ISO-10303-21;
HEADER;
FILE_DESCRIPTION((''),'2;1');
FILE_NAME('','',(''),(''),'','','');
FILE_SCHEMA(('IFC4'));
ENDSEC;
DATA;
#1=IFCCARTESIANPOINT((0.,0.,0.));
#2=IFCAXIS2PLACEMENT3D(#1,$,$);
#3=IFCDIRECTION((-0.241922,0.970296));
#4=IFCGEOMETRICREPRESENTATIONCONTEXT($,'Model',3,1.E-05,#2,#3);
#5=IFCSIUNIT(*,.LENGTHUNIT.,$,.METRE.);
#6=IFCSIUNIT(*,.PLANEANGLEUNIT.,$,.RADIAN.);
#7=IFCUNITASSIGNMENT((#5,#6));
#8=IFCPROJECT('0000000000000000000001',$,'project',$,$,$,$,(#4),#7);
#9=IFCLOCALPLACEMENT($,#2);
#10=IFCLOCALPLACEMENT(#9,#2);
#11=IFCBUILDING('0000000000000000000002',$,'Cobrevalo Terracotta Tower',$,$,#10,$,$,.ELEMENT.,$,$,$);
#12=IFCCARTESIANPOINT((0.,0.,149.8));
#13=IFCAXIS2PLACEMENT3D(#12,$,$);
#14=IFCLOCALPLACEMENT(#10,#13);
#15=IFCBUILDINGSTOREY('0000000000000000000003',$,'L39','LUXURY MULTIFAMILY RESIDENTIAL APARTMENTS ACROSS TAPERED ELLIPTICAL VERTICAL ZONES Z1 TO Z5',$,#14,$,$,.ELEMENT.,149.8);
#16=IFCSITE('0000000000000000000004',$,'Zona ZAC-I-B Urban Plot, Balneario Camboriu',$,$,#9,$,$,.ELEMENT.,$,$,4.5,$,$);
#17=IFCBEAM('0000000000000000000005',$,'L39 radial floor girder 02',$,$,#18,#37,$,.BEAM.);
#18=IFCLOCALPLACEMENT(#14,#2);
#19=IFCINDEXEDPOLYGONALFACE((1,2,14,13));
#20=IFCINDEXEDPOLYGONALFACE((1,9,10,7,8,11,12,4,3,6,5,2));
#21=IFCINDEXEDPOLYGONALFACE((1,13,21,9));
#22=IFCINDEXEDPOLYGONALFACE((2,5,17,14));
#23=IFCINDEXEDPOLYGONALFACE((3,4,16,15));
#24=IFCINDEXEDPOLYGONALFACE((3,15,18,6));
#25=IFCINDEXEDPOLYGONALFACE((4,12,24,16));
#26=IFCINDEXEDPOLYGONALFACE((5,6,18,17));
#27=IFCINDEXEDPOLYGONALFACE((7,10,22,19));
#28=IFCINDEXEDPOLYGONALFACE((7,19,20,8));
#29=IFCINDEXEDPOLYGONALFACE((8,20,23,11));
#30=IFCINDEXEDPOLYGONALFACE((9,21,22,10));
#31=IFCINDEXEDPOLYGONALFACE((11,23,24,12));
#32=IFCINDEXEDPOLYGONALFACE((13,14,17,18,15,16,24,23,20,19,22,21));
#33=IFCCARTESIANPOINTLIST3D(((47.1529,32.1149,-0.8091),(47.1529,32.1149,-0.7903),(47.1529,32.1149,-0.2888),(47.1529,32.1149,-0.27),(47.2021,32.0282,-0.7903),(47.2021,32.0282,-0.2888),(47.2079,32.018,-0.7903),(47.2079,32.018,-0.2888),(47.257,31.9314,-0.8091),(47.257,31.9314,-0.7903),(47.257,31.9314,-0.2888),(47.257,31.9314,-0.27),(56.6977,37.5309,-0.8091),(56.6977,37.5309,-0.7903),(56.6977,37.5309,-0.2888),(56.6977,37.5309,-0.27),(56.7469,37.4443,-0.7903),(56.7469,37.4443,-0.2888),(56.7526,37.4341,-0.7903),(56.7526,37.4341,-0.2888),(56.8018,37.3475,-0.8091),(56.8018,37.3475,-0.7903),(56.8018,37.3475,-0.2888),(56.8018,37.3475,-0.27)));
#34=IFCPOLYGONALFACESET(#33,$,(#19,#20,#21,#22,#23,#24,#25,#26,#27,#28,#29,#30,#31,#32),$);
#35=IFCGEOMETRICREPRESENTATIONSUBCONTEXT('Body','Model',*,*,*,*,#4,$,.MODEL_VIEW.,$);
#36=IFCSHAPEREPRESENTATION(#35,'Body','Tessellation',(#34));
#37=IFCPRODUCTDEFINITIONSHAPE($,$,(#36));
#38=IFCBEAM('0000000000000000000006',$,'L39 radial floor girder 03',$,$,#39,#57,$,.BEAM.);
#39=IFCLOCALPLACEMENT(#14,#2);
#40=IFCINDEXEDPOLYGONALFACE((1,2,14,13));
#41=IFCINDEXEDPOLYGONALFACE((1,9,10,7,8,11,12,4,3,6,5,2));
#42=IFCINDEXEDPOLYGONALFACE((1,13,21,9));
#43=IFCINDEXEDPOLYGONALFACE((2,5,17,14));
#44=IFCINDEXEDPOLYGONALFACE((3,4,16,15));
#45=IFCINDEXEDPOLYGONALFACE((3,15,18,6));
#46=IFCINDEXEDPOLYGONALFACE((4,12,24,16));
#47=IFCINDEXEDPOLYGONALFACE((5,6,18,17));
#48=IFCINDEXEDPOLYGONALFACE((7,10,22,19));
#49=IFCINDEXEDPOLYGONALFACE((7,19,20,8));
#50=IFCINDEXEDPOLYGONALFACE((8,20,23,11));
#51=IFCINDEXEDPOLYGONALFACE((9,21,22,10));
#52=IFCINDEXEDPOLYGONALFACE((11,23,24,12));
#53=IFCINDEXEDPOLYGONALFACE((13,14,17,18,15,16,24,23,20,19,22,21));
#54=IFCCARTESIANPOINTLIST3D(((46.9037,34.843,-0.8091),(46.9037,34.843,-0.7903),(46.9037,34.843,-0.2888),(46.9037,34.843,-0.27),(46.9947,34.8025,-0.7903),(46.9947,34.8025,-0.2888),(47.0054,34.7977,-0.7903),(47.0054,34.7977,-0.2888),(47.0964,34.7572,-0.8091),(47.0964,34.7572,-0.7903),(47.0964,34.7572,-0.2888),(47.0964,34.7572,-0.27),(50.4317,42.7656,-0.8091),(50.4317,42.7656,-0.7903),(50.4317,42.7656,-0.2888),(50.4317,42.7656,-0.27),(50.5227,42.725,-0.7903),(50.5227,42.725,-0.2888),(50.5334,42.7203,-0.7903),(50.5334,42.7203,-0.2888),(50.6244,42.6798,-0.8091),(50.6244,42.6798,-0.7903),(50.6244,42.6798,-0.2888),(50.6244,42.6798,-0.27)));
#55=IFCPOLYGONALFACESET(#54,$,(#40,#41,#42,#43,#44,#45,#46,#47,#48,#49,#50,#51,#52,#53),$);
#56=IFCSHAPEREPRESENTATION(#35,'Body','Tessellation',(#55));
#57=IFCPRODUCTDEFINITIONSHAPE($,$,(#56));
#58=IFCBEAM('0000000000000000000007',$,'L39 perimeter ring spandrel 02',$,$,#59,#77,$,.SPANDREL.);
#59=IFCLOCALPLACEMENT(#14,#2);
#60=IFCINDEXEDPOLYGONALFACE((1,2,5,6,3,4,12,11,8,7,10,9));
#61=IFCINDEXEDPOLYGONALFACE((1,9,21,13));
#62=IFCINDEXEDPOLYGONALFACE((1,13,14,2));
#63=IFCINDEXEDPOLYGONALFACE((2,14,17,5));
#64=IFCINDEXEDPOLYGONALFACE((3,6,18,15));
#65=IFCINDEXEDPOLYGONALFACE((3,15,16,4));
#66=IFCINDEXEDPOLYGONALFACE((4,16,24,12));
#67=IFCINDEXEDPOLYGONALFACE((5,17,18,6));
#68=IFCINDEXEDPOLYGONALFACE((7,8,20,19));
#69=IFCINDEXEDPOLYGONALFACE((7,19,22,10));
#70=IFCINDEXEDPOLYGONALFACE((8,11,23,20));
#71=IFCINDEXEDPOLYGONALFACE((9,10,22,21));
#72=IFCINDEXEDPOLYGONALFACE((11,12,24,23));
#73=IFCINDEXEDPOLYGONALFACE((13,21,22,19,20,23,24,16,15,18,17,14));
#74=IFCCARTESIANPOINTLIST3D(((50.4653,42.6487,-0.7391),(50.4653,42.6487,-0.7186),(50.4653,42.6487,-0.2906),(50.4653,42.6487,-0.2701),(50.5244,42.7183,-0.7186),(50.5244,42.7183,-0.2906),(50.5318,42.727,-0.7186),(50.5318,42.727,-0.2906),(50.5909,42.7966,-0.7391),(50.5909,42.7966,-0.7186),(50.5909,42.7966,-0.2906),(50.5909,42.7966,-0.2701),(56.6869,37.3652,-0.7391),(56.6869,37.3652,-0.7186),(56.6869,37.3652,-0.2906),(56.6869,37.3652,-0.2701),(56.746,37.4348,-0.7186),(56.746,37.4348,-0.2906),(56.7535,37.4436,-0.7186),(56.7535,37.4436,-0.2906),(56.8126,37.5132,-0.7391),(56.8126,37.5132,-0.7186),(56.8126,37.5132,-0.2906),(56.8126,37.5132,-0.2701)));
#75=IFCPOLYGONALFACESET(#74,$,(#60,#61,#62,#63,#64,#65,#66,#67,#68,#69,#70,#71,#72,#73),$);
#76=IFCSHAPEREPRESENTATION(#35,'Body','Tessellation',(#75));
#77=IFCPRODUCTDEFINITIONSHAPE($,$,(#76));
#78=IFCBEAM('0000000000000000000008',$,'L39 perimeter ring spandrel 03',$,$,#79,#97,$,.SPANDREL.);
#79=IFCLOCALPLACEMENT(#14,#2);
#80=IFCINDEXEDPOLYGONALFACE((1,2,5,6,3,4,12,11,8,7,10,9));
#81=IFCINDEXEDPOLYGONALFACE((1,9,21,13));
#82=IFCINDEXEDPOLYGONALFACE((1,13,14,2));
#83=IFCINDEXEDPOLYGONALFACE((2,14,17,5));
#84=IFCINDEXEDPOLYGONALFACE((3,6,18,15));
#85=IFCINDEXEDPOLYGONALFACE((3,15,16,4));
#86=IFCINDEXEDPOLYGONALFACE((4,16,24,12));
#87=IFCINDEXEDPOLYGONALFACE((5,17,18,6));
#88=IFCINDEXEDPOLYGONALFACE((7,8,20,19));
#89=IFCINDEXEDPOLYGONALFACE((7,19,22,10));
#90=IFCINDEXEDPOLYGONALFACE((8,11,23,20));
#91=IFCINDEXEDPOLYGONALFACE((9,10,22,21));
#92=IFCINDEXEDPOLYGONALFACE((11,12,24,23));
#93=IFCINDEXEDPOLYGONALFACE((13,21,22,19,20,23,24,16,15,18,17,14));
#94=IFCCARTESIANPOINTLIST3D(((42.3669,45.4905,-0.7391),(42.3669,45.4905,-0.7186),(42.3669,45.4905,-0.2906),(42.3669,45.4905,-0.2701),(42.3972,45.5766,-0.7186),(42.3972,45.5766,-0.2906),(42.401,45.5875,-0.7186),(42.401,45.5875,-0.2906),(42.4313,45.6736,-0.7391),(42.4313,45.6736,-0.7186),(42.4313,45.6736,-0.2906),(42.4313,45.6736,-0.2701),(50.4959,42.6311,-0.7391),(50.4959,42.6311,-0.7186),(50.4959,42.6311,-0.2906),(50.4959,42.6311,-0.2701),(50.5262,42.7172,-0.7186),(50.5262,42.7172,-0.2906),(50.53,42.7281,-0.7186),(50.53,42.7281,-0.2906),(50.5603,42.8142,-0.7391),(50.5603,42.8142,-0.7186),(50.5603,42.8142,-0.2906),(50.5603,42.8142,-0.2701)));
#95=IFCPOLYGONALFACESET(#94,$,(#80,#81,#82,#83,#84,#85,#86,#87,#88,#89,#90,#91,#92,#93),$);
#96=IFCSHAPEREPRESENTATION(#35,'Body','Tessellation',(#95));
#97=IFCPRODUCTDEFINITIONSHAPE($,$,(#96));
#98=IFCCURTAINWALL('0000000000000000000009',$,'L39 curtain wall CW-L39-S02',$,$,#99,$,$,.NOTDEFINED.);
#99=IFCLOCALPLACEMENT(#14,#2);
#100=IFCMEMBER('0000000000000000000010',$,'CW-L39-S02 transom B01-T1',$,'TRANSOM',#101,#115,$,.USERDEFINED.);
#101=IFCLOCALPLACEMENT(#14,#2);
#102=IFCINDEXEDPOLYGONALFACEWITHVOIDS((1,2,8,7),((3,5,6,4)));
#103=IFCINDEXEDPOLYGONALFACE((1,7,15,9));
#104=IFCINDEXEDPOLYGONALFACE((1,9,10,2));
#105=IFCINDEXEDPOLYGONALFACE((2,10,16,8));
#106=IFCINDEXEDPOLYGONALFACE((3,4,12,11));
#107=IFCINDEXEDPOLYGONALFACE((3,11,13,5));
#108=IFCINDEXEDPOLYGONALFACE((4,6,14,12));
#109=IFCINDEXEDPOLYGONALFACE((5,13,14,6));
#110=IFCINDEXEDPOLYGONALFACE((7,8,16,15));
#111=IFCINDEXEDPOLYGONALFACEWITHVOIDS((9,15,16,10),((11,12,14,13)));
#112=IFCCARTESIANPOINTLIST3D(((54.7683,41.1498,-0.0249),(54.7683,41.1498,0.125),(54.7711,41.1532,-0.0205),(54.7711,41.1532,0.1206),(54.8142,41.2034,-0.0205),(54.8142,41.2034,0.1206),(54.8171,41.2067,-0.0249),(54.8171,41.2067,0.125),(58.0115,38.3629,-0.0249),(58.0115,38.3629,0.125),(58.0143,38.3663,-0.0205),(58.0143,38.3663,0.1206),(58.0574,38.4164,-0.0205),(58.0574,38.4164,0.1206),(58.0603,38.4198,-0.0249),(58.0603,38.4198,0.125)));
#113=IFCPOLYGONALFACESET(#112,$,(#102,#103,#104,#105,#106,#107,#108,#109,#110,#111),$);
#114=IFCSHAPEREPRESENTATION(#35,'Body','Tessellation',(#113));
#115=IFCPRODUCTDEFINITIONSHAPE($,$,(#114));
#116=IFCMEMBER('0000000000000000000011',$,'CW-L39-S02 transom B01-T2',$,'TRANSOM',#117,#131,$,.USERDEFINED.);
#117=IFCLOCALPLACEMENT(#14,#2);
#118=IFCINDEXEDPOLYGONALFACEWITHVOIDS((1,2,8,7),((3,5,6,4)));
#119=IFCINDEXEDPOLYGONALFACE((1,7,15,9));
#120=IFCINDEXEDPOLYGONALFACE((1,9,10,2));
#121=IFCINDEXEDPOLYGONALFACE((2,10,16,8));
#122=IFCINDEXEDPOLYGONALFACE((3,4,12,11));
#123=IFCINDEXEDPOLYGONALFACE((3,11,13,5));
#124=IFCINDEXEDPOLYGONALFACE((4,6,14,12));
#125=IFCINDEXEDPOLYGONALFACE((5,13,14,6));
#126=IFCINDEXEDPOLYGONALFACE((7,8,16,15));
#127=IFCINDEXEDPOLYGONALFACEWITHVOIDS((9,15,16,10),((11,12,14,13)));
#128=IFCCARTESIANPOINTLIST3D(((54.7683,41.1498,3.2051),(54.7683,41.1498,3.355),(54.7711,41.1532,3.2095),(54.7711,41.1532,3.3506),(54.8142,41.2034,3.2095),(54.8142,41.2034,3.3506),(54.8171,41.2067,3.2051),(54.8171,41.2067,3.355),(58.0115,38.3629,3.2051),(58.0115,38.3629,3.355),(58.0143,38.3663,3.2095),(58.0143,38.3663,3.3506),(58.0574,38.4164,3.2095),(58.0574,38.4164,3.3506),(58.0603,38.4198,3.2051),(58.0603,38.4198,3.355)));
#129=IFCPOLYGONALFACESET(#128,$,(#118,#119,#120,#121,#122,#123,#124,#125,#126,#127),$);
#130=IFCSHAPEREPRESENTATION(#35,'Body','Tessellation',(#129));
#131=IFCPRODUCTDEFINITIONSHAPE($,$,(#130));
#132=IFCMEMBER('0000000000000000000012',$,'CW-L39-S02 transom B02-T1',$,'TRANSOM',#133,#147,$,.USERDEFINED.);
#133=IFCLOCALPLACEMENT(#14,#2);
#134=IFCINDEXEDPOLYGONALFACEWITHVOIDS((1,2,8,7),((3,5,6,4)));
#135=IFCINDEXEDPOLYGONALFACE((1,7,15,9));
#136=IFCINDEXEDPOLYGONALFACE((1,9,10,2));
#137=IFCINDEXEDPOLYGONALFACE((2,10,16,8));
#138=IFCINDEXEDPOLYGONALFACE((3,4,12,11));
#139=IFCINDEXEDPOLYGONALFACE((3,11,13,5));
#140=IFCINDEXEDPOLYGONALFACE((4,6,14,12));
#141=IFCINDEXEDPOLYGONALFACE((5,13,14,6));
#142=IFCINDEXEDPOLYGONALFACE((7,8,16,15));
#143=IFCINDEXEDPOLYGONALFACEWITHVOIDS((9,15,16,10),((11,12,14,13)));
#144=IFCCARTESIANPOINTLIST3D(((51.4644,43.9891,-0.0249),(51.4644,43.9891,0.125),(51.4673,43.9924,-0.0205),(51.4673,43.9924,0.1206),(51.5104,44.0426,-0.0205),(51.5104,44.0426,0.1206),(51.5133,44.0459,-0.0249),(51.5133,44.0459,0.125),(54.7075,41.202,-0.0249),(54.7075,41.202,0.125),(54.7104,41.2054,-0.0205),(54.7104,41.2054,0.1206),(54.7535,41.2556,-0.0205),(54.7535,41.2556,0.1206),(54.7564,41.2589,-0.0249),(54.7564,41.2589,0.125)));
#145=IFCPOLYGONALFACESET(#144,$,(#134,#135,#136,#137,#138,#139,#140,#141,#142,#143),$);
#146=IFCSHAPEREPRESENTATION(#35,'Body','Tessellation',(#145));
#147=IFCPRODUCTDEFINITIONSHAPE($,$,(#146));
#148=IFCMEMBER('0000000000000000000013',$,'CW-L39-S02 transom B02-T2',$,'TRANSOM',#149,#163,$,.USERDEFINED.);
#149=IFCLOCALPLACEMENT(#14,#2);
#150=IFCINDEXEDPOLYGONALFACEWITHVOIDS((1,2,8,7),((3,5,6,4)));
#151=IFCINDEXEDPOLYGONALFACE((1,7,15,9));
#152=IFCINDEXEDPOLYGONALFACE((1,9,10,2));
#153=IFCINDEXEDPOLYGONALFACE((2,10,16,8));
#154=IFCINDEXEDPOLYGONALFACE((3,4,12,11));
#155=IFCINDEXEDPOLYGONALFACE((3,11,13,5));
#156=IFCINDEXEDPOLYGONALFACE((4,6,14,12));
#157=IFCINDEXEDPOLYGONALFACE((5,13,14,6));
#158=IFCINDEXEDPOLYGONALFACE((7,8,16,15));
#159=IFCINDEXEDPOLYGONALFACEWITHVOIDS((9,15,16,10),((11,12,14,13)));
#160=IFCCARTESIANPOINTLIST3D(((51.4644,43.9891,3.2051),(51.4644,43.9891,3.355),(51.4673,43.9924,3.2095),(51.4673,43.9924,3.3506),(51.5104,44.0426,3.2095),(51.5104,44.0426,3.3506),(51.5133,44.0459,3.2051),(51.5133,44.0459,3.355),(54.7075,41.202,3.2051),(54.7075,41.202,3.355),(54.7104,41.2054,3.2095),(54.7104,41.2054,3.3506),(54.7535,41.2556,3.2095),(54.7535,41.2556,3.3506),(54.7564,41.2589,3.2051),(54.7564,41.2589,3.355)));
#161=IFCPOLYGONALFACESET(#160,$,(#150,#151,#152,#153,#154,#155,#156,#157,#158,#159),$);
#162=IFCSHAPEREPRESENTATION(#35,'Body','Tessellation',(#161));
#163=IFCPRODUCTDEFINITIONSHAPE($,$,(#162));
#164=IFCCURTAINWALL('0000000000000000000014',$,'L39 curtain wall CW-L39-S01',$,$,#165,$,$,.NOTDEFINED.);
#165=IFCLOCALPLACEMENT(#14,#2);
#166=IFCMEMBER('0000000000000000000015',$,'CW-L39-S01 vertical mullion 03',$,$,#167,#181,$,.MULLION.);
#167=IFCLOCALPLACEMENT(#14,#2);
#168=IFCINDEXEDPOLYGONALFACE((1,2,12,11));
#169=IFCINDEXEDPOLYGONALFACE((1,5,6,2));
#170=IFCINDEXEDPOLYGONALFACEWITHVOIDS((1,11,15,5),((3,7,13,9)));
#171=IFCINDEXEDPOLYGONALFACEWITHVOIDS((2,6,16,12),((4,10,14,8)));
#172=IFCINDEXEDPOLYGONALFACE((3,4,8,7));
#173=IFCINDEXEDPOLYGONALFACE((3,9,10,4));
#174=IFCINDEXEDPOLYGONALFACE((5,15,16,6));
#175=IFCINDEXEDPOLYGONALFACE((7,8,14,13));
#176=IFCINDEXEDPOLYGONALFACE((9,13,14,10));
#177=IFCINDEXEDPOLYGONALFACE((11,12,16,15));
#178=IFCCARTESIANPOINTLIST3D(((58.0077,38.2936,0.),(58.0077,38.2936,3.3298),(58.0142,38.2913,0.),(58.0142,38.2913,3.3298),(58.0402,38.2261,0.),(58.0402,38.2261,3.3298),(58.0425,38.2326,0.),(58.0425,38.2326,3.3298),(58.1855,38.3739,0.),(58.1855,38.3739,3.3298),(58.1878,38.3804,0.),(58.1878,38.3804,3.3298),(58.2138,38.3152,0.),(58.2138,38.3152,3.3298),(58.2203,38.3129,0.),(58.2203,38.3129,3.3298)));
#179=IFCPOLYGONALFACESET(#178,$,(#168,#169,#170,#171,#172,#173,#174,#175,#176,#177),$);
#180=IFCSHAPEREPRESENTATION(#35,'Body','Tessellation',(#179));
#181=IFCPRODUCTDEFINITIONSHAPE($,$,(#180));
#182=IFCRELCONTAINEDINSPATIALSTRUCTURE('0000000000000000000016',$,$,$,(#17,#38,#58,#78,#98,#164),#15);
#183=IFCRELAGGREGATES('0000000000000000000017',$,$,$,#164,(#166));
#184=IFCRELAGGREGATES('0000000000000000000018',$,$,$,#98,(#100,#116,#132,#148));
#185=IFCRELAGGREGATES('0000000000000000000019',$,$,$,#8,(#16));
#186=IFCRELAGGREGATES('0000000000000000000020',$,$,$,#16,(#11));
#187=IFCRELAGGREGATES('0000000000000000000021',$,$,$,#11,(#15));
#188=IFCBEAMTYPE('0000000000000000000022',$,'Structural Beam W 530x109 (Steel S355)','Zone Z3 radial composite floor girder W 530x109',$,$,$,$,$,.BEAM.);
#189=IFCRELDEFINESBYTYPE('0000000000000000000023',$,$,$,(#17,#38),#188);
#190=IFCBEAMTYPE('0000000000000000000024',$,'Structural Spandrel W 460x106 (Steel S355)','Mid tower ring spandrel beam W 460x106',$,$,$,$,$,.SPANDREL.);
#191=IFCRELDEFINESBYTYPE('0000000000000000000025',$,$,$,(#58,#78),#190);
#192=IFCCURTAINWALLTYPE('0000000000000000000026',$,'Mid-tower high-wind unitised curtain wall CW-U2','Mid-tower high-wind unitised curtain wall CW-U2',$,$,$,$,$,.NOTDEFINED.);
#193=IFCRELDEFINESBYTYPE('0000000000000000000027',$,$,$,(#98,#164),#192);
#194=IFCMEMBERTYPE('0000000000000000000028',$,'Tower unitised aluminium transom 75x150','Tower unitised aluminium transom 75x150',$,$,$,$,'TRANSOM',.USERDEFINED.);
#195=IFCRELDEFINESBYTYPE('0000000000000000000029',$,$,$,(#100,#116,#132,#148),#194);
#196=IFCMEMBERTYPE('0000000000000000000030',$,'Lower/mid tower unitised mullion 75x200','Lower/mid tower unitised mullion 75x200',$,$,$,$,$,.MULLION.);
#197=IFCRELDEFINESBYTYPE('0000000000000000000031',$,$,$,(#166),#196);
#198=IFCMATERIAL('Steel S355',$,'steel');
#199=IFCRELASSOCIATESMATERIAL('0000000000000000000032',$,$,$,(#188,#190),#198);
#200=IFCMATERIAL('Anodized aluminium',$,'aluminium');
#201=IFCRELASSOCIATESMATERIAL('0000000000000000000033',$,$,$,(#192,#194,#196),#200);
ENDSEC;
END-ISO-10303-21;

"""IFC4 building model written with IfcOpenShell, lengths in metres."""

from ifc_helpers import new_model, si_unit, direction, frame, origin, origin_2d, place, context, subcontext, project, spatial, hollow_rectangle, i_section, extrude, source, transform, mapped, material, material_profile, profile_set, type_object, element, aggregate, save


model = new_model("IFC4")

# Units and contexts
model_context = context("Model", 3, precision=1e-05, world=origin(), true_north=direction((-0.241922, 0.970296)))
body_context = subcontext(model_context, "Body", "Model", "MODEL_VIEW")
ifc_project = project(units=[si_unit("LENGTHUNIT", "METRE"), si_unit("PLANEANGLEUNIT", "RADIAN")], contexts=[model_context])

# Site, building, storey
site_placement = place(None, origin())
site = spatial("IfcSite", under=ifc_project, at=site_placement, Name="Zona ZAC-I-B Urban Plot, Balneario Camboriu", CompositionType="ELEMENT", RefElevation=4.5)
building_placement = place(site_placement, origin())
building = spatial("IfcBuilding", under=site, at=building_placement, Name="Cobrevalo Terracotta Tower", CompositionType="ELEMENT")
storey_placement = place(building_placement, frame((0.0, 0.0, 149.8)))
storey = spatial("IfcBuildingStorey", under=building, at=storey_placement, Name="L39", Description="LUXURY MULTIFAMILY RESIDENTIAL APARTMENTS ACROSS TAPERED ELLIPTICAL VERTICAL ZONES Z1 TO Z5", CompositionType="ELEMENT", Elevation=149.8)

# Shared definitions
ifc_material_1 = material(Name="Steel S355", Category="steel")

# Beams
ifc_material_profile_1 = material_profile(ifc_material_1, i_section(OverallWidth=0.2109, OverallDepth=0.5391, WebThickness=0.0117, FlangeThickness=0.0188, at=origin_2d()), Name="W 530x109")
ifc_profile_set_1 = profile_set([ifc_material_profile_1], Name="Steel S355")
beam_type_1 = type_object("IfcBeamType", Name="Structural Beam W 530x109 (Steel S355)", Description="Zone Z3 radial composite floor girder W 530x109", PredefinedType="BEAM", material=ifc_profile_set_1)
beam_1_placement = place(storey_placement, frame((56.7498, 37.4392, -0.5396), z_axis=(-0.869734, -0.49352, 0.0), x_axis=(0.49352, -0.869734, 0.0)))
element("IfcBeam", 1, at=beam_1_placement, inside=storey, type_object=beam_type_1, Name="L39 radial floor girder 02", PredefinedType="BEAM", context=body_context, shape_type="SweptSolid", body=[
    extrude(i_section(OverallWidth=0.2109, OverallDepth=0.5391, WebThickness=0.0117, FlangeThickness=0.0188, at=origin_2d()), origin(), (0.0, 0.0, 1.0), 10.9744),
])
beam_2_placement = place(storey_placement, frame((50.5281, 42.7227, -0.5396), z_axis=(-0.406804, -0.913515, 0.0), x_axis=(0.913515, -0.406804, 0.0)))
element("IfcBeam", 2, at=beam_2_placement, inside=storey, type_object=beam_type_1, Name="L39 radial floor girder 03", PredefinedType="BEAM", context=body_context, shape_type="SweptSolid", body=[
    extrude(i_section(OverallWidth=0.2109, OverallDepth=0.5391, WebThickness=0.0117, FlangeThickness=0.0188, at=origin_2d()), origin(), (0.0, 0.0, 1.0), 8.6726),
])
ifc_material_profile_2 = material_profile(ifc_material_1, i_section(OverallWidth=0.1941, OverallDepth=0.469, WebThickness=0.0115, FlangeThickness=0.0205, at=origin_2d()), Name="W 460x106")
ifc_profile_set_2 = profile_set([ifc_material_profile_2], Name="Steel S355")
beam_type_2 = type_object("IfcBeamType", Name="Structural Spandrel W 460x106 (Steel S355)", Description="Mid tower ring spandrel beam W 460x106", PredefinedType="SPANDREL", material=ifc_profile_set_2)
beam_3_placement = place(storey_placement, frame((56.7498, 37.4392, -0.5046), z_axis=(-0.76224, 0.647294, 0.0), x_axis=(-0.647294, -0.76224, 0.0)))
element("IfcBeam", 3, at=beam_3_placement, inside=storey, type_object=beam_type_2, Name="L39 perimeter ring spandrel 02", PredefinedType="SPANDREL", context=body_context, shape_type="SweptSolid", body=[
    extrude(i_section(OverallWidth=0.1941, OverallDepth=0.469, WebThickness=0.0115, FlangeThickness=0.0205, at=origin_2d()), origin(), (0.0, 0.0, 1.0), 8.1624),
])
beam_4_placement = place(storey_placement, frame((50.5281, 42.7227, -0.5046), z_axis=(-0.943341, 0.331824, 0.0), x_axis=(-0.331824, -0.943341, 0.0)))
element("IfcBeam", 4, at=beam_4_placement, inside=storey, type_object=beam_type_2, Name="L39 perimeter ring spandrel 03", PredefinedType="SPANDREL", context=body_context, shape_type="SweptSolid", body=[
    extrude(i_section(OverallWidth=0.1941, OverallDepth=0.469, WebThickness=0.0115, FlangeThickness=0.0205, at=origin_2d()), origin(), (0.0, 0.0, 1.0), 8.6172),
])

# Curtain wall, members
ifc_material_2 = material(Name="Anodized aluminium", Category="aluminium")
curtain_wall_type = type_object("IfcCurtainWallType", Name="Mid-tower high-wind unitised curtain wall CW-U2", Description="Mid-tower high-wind unitised curtain wall CW-U2", PredefinedType="NOTDEFINED", material=ifc_material_2)
curtain_wall_1_placement = place(storey_placement, origin())
curtain_wall_1 = element("IfcCurtainWall", 5, at=curtain_wall_1_placement, inside=storey, type_object=curtain_wall_type, Name="L39 curtain wall CW-L39-S02", PredefinedType="NOTDEFINED")
ifc_material_profile_3 = material_profile(ifc_material_2, hollow_rectangle(XDim=0.075, YDim=0.1499, WallThickness=0.0044, at=origin_2d()), Name="CWT 75x150")
ifc_profile_set_3 = profile_set([ifc_material_profile_3], Name="Anodized aluminium")
member_type_1 = type_object("IfcMemberType", Name="Tower unitised aluminium transom 75x150", Description="Tower unitised aluminium transom 75x150", ElementType="TRANSOM", PredefinedType="USERDEFINED", material=ifc_profile_set_3)
shared_shape_1 = source(origin(), body_context, "Body", "SweptSolid", [
    extrude(hollow_rectangle(XDim=0.075, YDim=0.1499, WallThickness=0.0044, at=origin_2d()), origin(), (0.0, 0.0, 1.0), 4.2761),
])
member_1_placement = place(storey_placement, frame((58.0359, 38.3914, 0.05), z_axis=(-0.758446, 0.651736, 0.0), x_axis=(-0.651736, -0.758446, 0.0)))
member_1 = element("IfcMember", 6, at=member_1_placement, type_object=member_type_1, Name="CW-L39-S02 transom B01-T1", ObjectType="TRANSOM", PredefinedType="USERDEFINED", context=body_context, shape_type="MappedRepresentation", body=[
    mapped(shared_shape_1, transform((0.0, 0.0, 0.0), scale=1.0)),
])
member_2_placement = place(storey_placement, frame((58.0359, 38.3914, 3.28), z_axis=(-0.758446, 0.651736, 0.0), x_axis=(-0.651736, -0.758446, 0.0)))
member_2 = element("IfcMember", 7, at=member_2_placement, type_object=member_type_1, Name="CW-L39-S02 transom B01-T2", ObjectType="TRANSOM", PredefinedType="USERDEFINED", context=body_context, shape_type="MappedRepresentation", body=[
    mapped(shared_shape_1, transform((0.0, 0.0, 0.0), scale=1.0)),
])
member_3_placement = place(storey_placement, frame((54.7319, 41.2305, 0.05), z_axis=(-0.758418, 0.651769, 0.0), x_axis=(-0.651769, -0.758418, 0.0)))
member_3 = element("IfcMember", 8, at=member_3_placement, type_object=member_type_1, Name="CW-L39-S02 transom B02-T1", ObjectType="TRANSOM", PredefinedType="USERDEFINED", context=body_context, shape_type="MappedRepresentation", body=[
    mapped(shared_shape_1, transform((0.0, 0.0, 0.0), scale=1.0)),
])
member_4_placement = place(storey_placement, frame((54.7319, 41.2305, 3.28), z_axis=(-0.758418, 0.651769, 0.0), x_axis=(-0.651769, -0.758418, 0.0)))
member_4 = element("IfcMember", 9, at=member_4_placement, type_object=member_type_1, Name="CW-L39-S02 transom B02-T2", ObjectType="TRANSOM", PredefinedType="USERDEFINED", context=body_context, shape_type="MappedRepresentation", body=[
    mapped(shared_shape_1, transform((0.0, 0.0, 0.0), scale=1.0)),
])

# Curtain wall, member
curtain_wall_2_placement = place(storey_placement, origin())
curtain_wall_2 = element("IfcCurtainWall", 10, at=curtain_wall_2_placement, inside=storey, type_object=curtain_wall_type, Name="L39 curtain wall CW-L39-S01", PredefinedType="NOTDEFINED")
ifc_material_profile_4 = material_profile(ifc_material_2, hollow_rectangle(XDim=0.075, YDim=0.2, WallThickness=0.0049, at=origin_2d()), Name="CWM 75x200")
ifc_profile_set_4 = profile_set([ifc_material_profile_4], Name="Anodized aluminium")
member_type_2 = type_object("IfcMemberType", Name="Lower/mid tower unitised mullion 75x200", Description="Lower/mid tower unitised mullion 75x200", PredefinedType="MULLION", material=ifc_profile_set_4)
shared_shape_2 = source(origin(), body_context, "Body", "SweptSolid", [
    extrude(hollow_rectangle(XDim=0.075, YDim=0.2, WallThickness=0.0049, at=origin_2d()), origin(), (0.0, 0.0, 1.0), 3.3298),
])
member_5_placement = place(storey_placement, frame((58.114, 38.3032, 0.0), z_axis=(0.0, 0.0, 1.0), x_axis=(-0.434209, 0.900812, 0.0)))
member_5 = element("IfcMember", 11, at=member_5_placement, type_object=member_type_2, Name="CW-L39-S01 vertical mullion 03", PredefinedType="MULLION", context=body_context, shape_type="MappedRepresentation", body=[
    mapped(shared_shape_2, transform((0.0, 0.0, 0.0), scale=1.0)),
])
aggregate(curtain_wall_2, [member_5])

aggregate(curtain_wall_1, [member_1, member_2, member_3, member_4])

save(model, "model.ifc")
